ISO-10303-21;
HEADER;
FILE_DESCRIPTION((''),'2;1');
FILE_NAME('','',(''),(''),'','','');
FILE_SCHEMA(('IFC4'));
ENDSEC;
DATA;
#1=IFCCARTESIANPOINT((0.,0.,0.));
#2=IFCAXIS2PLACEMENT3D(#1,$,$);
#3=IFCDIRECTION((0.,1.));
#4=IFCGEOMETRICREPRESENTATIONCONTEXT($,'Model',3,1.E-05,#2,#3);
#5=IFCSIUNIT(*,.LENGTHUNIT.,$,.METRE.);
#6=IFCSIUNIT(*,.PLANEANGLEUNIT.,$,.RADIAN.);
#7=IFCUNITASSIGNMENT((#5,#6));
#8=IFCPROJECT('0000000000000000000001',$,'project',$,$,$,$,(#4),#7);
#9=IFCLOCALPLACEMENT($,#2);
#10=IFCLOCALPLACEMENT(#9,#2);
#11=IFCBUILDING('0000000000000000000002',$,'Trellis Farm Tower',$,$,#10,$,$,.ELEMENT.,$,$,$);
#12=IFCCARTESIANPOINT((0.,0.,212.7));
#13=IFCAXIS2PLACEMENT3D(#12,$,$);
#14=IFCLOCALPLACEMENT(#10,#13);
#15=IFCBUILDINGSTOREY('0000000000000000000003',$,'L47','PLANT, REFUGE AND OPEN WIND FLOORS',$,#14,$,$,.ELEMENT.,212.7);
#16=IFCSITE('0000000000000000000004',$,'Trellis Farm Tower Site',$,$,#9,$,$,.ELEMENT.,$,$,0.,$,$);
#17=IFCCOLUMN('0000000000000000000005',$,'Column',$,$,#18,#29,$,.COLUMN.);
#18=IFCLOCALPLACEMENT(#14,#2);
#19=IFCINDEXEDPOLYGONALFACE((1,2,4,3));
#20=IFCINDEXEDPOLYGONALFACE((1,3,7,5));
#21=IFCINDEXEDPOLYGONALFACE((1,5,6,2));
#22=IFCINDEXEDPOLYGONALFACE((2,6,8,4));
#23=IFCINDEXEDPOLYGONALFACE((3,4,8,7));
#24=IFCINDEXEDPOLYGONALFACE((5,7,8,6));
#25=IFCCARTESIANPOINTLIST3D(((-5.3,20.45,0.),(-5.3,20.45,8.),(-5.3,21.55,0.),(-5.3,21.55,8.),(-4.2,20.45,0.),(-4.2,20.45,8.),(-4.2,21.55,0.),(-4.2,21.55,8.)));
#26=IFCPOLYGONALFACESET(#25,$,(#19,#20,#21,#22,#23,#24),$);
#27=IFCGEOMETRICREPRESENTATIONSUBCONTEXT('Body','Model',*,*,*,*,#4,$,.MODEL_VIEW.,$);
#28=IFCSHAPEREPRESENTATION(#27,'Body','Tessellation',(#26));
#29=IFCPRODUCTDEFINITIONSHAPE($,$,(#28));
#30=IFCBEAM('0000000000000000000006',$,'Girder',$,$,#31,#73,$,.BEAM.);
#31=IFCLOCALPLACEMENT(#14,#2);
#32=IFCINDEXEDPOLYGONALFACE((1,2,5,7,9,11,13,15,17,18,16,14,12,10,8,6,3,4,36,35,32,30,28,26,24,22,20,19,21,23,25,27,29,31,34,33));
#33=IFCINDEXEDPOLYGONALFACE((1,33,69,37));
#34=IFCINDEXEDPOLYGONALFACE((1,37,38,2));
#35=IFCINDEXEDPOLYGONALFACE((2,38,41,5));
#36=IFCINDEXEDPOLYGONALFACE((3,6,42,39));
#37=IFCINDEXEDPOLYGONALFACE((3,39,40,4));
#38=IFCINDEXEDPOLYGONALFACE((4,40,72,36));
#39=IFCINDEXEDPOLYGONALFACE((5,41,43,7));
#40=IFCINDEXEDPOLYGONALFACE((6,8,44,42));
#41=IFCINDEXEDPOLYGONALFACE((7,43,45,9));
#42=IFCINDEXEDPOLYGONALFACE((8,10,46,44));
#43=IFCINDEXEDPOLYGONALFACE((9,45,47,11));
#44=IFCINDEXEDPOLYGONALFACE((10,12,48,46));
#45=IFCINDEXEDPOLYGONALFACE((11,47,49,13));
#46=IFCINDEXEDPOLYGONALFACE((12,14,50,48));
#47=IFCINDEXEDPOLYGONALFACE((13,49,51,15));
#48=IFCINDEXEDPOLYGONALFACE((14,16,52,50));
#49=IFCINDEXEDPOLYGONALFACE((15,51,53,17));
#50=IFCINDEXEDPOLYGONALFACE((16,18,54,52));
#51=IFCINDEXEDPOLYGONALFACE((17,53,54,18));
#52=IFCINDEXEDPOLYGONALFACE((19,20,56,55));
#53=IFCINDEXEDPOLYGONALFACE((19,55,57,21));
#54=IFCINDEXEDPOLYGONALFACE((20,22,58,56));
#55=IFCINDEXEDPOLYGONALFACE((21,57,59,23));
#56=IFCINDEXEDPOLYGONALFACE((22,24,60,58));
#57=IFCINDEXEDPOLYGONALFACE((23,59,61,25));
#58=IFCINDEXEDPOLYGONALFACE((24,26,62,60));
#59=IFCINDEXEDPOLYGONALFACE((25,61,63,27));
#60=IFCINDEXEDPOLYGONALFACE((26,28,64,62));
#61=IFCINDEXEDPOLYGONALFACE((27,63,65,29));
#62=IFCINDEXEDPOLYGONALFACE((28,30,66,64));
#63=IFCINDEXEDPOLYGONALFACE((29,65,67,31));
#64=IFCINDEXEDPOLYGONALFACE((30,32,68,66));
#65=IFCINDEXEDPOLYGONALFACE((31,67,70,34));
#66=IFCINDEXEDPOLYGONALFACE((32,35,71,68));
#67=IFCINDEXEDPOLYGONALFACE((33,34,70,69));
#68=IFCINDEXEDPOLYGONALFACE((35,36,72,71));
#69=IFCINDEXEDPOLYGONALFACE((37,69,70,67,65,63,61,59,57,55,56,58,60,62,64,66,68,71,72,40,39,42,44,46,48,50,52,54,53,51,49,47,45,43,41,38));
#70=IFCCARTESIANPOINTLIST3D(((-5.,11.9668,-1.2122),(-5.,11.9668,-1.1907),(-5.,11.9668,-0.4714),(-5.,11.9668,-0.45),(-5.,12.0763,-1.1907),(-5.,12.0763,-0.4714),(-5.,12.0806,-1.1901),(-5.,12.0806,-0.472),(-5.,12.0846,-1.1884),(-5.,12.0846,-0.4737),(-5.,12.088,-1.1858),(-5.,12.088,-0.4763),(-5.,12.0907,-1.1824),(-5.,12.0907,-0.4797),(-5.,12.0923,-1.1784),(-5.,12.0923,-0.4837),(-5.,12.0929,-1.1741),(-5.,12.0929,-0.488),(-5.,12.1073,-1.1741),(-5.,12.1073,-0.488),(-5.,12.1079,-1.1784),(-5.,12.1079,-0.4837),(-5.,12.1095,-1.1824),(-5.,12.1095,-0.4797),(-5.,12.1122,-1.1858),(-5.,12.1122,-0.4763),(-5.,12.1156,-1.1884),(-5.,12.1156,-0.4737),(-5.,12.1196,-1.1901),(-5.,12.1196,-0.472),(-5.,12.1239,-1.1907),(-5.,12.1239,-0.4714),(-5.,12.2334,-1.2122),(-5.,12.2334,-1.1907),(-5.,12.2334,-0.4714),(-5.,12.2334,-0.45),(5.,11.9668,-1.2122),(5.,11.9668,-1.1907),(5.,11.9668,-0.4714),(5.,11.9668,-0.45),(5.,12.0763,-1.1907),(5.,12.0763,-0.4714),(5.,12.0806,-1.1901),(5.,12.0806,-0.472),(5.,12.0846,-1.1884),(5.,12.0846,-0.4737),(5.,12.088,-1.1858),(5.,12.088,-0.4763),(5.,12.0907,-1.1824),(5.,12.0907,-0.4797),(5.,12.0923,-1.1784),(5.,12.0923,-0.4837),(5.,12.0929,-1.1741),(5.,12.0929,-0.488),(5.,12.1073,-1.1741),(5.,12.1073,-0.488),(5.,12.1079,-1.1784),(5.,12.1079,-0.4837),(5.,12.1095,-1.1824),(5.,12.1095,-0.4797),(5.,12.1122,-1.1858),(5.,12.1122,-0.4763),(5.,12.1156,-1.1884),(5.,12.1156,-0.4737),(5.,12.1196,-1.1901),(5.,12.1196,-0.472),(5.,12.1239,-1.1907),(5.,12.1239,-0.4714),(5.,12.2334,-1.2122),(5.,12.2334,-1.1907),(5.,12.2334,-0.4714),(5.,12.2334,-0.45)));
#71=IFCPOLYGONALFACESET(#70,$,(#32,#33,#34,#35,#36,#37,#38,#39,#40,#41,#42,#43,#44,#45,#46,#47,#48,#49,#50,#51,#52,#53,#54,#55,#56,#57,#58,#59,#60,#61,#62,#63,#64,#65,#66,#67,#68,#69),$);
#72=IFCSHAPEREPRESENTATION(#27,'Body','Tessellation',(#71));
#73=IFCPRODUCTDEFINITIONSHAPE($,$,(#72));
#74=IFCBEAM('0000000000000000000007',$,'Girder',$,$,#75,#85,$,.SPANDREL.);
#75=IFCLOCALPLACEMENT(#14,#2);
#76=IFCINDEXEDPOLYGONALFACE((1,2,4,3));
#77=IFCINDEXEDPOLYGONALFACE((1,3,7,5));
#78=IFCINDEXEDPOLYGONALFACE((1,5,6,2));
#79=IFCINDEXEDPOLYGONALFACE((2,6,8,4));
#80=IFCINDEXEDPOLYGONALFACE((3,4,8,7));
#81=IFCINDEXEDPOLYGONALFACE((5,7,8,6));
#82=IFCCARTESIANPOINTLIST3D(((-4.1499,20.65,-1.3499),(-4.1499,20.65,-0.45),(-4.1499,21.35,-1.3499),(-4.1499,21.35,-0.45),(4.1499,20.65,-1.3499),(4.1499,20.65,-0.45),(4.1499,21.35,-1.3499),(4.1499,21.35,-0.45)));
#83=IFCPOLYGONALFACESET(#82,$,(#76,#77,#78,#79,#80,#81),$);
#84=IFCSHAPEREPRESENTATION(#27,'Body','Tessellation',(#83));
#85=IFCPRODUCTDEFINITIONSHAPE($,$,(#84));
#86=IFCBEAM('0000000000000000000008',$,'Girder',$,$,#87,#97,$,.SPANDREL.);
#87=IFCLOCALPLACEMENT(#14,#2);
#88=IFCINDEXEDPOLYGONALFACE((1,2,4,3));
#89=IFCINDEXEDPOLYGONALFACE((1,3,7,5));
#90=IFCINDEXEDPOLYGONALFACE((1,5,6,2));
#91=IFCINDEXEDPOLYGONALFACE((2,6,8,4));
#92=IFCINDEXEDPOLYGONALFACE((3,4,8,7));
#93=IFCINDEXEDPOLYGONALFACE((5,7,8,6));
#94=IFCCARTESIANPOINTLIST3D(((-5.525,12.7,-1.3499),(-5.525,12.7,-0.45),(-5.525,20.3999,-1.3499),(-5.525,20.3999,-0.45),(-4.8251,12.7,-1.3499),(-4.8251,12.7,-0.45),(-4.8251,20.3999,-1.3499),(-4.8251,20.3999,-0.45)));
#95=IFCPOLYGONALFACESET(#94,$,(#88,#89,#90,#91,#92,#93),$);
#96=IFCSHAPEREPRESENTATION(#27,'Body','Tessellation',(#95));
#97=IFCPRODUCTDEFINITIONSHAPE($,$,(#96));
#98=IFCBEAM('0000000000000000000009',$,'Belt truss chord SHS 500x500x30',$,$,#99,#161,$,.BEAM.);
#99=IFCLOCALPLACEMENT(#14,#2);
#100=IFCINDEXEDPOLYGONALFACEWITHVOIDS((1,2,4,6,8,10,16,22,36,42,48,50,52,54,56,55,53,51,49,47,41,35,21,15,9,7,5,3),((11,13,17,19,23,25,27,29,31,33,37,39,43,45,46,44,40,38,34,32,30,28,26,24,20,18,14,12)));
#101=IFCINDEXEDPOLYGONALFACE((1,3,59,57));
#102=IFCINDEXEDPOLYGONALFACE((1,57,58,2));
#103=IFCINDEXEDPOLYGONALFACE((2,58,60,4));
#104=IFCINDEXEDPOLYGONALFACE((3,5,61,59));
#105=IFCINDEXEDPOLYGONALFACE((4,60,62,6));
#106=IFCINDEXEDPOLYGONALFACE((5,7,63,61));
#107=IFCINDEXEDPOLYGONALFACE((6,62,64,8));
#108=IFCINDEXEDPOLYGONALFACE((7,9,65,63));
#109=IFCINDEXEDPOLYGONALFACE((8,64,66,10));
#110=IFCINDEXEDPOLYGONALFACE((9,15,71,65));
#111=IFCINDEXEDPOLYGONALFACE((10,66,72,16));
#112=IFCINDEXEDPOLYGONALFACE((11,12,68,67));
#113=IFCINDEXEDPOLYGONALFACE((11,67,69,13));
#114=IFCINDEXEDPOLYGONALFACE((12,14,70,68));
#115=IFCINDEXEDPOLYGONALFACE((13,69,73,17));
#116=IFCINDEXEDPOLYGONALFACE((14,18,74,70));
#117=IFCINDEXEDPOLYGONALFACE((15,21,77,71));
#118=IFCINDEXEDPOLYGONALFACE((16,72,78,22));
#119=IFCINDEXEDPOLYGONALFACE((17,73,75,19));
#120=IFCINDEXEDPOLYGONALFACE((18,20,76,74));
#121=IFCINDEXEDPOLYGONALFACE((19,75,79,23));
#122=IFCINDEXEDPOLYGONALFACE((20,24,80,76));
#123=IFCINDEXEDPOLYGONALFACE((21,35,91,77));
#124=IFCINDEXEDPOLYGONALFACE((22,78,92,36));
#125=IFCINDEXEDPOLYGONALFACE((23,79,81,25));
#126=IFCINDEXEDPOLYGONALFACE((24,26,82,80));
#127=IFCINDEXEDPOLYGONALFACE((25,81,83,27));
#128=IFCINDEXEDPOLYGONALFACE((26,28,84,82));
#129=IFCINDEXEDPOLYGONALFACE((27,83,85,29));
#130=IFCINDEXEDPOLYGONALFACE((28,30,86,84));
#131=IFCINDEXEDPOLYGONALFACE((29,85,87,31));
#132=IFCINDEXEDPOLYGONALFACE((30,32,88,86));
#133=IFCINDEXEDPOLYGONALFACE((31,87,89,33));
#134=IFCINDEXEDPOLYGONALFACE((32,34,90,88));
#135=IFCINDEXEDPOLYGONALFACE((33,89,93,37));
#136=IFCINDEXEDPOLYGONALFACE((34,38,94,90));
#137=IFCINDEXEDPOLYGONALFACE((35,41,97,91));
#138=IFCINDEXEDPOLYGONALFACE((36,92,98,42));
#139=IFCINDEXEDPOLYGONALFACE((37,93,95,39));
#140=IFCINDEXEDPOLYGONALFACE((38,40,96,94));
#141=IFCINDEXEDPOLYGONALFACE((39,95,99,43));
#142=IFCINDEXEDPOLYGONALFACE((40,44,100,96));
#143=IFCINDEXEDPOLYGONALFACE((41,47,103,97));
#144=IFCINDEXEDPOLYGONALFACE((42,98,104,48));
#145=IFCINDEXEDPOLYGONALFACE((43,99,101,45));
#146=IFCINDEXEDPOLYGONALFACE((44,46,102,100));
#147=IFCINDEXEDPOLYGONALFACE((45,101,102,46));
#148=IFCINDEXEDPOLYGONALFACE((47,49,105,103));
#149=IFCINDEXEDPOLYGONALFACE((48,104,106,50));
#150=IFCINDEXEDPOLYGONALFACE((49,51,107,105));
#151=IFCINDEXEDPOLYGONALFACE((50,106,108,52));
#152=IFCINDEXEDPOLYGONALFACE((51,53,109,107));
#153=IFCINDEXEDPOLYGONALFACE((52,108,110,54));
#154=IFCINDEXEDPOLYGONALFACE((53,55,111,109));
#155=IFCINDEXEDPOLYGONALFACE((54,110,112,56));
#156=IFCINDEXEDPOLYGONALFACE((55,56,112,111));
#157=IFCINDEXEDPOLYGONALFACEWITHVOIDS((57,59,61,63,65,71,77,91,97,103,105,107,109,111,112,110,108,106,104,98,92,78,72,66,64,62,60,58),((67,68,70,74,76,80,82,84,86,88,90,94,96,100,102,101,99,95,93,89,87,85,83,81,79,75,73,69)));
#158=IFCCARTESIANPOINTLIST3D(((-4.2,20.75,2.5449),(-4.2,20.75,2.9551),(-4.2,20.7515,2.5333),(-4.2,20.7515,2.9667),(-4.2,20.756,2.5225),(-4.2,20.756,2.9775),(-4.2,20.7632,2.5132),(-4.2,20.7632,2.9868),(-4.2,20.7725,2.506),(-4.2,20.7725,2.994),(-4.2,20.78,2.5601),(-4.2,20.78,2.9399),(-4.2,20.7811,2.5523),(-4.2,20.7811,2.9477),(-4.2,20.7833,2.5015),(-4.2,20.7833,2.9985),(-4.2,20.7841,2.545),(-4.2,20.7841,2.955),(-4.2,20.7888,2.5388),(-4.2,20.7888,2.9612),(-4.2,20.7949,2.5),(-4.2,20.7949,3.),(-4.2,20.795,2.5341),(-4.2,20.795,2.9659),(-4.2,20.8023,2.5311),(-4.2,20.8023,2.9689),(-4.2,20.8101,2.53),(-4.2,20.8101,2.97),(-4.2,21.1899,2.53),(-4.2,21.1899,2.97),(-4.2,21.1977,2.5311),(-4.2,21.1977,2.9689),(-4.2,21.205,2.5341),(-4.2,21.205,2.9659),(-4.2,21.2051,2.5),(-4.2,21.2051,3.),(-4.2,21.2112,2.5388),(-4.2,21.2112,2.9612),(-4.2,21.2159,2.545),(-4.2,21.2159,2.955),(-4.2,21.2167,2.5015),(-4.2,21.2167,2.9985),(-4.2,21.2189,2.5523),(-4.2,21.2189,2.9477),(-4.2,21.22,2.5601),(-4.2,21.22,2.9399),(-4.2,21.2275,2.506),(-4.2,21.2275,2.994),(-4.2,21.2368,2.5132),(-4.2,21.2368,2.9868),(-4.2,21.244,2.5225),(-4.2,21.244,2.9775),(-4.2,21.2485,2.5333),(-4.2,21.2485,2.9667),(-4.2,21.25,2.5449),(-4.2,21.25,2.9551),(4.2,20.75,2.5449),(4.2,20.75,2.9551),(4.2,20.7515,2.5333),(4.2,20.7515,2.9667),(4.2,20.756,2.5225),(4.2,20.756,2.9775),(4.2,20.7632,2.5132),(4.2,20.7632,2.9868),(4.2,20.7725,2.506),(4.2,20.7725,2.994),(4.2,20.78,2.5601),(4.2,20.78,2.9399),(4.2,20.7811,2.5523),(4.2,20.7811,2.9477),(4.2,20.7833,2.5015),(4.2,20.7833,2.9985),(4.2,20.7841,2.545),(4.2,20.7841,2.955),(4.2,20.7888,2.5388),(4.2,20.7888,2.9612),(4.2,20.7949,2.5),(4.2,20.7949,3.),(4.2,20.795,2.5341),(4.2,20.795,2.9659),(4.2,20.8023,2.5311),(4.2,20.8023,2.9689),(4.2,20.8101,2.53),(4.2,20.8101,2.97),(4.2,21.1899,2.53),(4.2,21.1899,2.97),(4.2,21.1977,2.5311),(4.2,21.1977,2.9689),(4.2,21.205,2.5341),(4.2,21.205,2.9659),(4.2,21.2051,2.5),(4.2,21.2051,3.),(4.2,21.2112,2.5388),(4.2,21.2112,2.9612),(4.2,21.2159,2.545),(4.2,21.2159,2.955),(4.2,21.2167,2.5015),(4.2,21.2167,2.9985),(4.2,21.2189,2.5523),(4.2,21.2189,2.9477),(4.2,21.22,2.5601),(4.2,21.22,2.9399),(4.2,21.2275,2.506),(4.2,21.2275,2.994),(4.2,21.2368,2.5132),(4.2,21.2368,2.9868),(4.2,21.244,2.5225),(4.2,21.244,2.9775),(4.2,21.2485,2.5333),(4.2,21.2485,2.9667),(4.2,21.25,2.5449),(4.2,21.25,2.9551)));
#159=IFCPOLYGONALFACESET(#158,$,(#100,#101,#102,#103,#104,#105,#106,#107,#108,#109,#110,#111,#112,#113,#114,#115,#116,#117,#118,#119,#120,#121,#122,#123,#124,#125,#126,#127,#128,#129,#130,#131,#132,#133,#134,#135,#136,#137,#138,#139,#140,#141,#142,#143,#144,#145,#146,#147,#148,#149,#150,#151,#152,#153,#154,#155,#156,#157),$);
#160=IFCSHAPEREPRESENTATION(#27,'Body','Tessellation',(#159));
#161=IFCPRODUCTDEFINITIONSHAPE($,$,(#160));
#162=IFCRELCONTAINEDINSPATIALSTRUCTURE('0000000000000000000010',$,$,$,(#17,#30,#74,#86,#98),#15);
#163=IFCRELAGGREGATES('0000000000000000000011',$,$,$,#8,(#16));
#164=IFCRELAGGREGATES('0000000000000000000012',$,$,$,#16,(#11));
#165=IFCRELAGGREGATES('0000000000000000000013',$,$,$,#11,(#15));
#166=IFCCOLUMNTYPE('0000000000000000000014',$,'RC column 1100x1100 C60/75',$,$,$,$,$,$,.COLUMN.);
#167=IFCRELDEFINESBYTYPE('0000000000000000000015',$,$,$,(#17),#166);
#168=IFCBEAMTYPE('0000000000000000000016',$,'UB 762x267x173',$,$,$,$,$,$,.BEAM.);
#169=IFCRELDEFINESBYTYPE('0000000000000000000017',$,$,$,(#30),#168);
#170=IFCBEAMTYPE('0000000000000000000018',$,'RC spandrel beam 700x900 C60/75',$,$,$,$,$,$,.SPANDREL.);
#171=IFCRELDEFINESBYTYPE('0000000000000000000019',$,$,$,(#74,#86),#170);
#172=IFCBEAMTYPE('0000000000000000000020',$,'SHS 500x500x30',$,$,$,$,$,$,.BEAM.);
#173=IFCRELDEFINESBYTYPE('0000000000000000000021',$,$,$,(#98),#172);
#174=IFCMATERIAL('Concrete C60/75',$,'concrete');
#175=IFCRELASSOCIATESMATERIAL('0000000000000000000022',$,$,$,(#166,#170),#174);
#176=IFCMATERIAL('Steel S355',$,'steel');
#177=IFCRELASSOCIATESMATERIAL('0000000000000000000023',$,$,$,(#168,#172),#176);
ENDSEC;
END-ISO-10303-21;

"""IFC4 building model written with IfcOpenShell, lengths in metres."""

from ifc_helpers import new_model, si_unit, direction, frame, origin, origin_2d, place, context, subcontext, project, spatial, rectangle, hollow_rectangle, i_section, extrude, source, transform, mapped, material, material_profile, profile_set, type_object, element, save


model = new_model("IFC4")

# Units and contexts
model_context = context("Model", 3, precision=1e-05, world=origin(), true_north=direction((0.0, 1.0)))
body_context = subcontext(model_context, "Body", "Model", "MODEL_VIEW")
ifc_project = project(units=[si_unit("LENGTHUNIT", "METRE"), si_unit("PLANEANGLEUNIT", "RADIAN")], contexts=[model_context])

# Site, building, storey
site_placement = place(None, origin())
site = spatial("IfcSite", under=ifc_project, at=site_placement, Name="Trellis Farm Tower Site", CompositionType="ELEMENT", RefElevation=0.0)
building_placement = place(site_placement, origin())
building = spatial("IfcBuilding", under=site, at=building_placement, Name="Trellis Farm Tower", CompositionType="ELEMENT")
storey_placement = place(building_placement, frame((0.0, 0.0, 212.7)))
storey = spatial("IfcBuildingStorey", under=building, at=storey_placement, Name="L47", Description="PLANT, REFUGE AND OPEN WIND FLOORS", CompositionType="ELEMENT", Elevation=212.7)

# Column
ifc_material_1 = material(Name="Concrete C60/75", Category="concrete")
ifc_material_profile_1 = material_profile(ifc_material_1, rectangle(XDim=1.1001, YDim=1.1001, at=origin_2d()), Name="RC column 1100x1100 C60/75")
ifc_profile_set_1 = profile_set([ifc_material_profile_1], Name="Concrete C60/75")
column_type = type_object("IfcColumnType", Name="RC column 1100x1100 C60/75", PredefinedType="COLUMN", material=ifc_profile_set_1)
shared_shape_1 = source(origin(), body_context, "Body", "SweptSolid", [
    extrude(rectangle(XDim=1.1001, YDim=1.1001, at=origin_2d()), origin(), (0.0, 0.0, 1.0), 8.0),
])
column_placement = place(storey_placement, frame((-4.75, 21.0, 0.0), z_axis=(0.0, 0.0, 1.0), x_axis=(1.0, 0.0, 0.0)))
element("IfcColumn", 1, at=column_placement, inside=storey, type_object=column_type, Name="Column", PredefinedType="COLUMN", context=body_context, shape_type="MappedRepresentation", body=[
    mapped(shared_shape_1, transform((0.0, 0.0, 0.0))),
])

# Beams
ifc_material_2 = material(Name="Steel S355", Category="steel")
ifc_material_profile_2 = material_profile(ifc_material_2, i_section(OverallWidth=0.2666, OverallDepth=0.7622, WebThickness=0.0144, FlangeThickness=0.0215, FilletRadius=0.0166, at=origin_2d()), Name="UB 762x267x173")
ifc_profile_set_2 = profile_set([ifc_material_profile_2], Name="Steel S355")
beam_type_1 = type_object("IfcBeamType", Name="UB 762x267x173", PredefinedType="BEAM", material=ifc_profile_set_2)
shared_shape_2 = source(origin(), body_context, "Body", "SweptSolid", [
    extrude(i_section(OverallWidth=0.2666, OverallDepth=0.7622, WebThickness=0.0144, FlangeThickness=0.0215, FilletRadius=0.0166, at=origin_2d()), origin(), (0.0, 0.0, 1.0), 10.0),
])
beam_1_placement = place(storey_placement, frame((-5.0, 12.1001, -0.8311), z_axis=(1.0, 0.0, 0.0), x_axis=(0.0, 1.0, 0.0)))
element("IfcBeam", 2, at=beam_1_placement, inside=storey, type_object=beam_type_1, Name="Girder", PredefinedType="BEAM", context=body_context, shape_type="MappedRepresentation", body=[
    mapped(shared_shape_2, transform((0.0, 0.0, 0.0))),
])
ifc_material_profile_3 = material_profile(ifc_material_1, rectangle(XDim=0.7, YDim=0.8999, at=origin_2d()), Name="RC spandrel beam 700x900 C60/75")
ifc_profile_set_3 = profile_set([ifc_material_profile_3], Name="Concrete C60/75")
beam_type_2 = type_object("IfcBeamType", Name="RC spandrel beam 700x900 C60/75", PredefinedType="SPANDREL", material=ifc_profile_set_3)
shared_shape_3 = source(origin(), body_context, "Body", "SweptSolid", [
    extrude(rectangle(XDim=0.7, YDim=0.8999, at=origin_2d()), origin(), (0.0, 0.0, 1.0), 8.2998),
])
beam_2_placement = place(storey_placement, frame((-4.1499, 21.0, -0.8999), z_axis=(1.0, 0.0, 0.0), x_axis=(0.0, 1.0, 0.0)))
element("IfcBeam", 3, at=beam_2_placement, inside=storey, type_object=beam_type_2, Name="Girder", PredefinedType="SPANDREL", context=body_context, shape_type="MappedRepresentation", body=[
    mapped(shared_shape_3, transform((0.0, 0.0, 0.0))),
])
shared_shape_4 = source(origin(), body_context, "Body", "SweptSolid", [
    extrude(rectangle(XDim=0.7, YDim=0.8999, at=origin_2d()), origin(), (0.0, 0.0, 1.0), 7.7),
])
beam_3_placement = place(storey_placement, frame((-5.175, 12.7, -0.8999), z_axis=(0.0, 1.0, 0.0), x_axis=(-1.0, 0.0, 0.0)))
element("IfcBeam", 4, at=beam_3_placement, inside=storey, type_object=beam_type_2, Name="Girder", PredefinedType="SPANDREL", context=body_context, shape_type="MappedRepresentation", body=[
    mapped(shared_shape_4, transform((0.0, 0.0, 0.0))),
])
ifc_material_profile_4 = material_profile(ifc_material_2, hollow_rectangle(XDim=0.5, YDim=0.5, WallThickness=0.03, InnerFilletRadius=0.03, OuterFilletRadius=0.0449, at=origin_2d()), Name="SHS 500x500x30")
ifc_profile_set_4 = profile_set([ifc_material_profile_4], Name="Steel S355")
beam_type_3 = type_object("IfcBeamType", Name="SHS 500x500x30", PredefinedType="BEAM", material=ifc_profile_set_4)
shared_shape_5 = source(origin(), body_context, "Body", "SweptSolid", [
    extrude(hollow_rectangle(XDim=0.5, YDim=0.5, WallThickness=0.03, InnerFilletRadius=0.03, OuterFilletRadius=0.0449, at=origin_2d()), origin(), (0.0, 0.0, 1.0), 8.3999),
])
beam_4_placement = place(storey_placement, frame((-4.2, 21.0, 2.75), z_axis=(1.0, 0.0, 0.0), x_axis=(0.0, 1.0, 0.0)))
element("IfcBeam", 5, at=beam_4_placement, inside=storey, type_object=beam_type_3, Name="Belt truss chord SHS 500x500x30", PredefinedType="BEAM", context=body_context, shape_type="MappedRepresentation", body=[
    mapped(shared_shape_5, transform((0.0, 0.0, 0.0))),
])

save(model, "model.ifc")
